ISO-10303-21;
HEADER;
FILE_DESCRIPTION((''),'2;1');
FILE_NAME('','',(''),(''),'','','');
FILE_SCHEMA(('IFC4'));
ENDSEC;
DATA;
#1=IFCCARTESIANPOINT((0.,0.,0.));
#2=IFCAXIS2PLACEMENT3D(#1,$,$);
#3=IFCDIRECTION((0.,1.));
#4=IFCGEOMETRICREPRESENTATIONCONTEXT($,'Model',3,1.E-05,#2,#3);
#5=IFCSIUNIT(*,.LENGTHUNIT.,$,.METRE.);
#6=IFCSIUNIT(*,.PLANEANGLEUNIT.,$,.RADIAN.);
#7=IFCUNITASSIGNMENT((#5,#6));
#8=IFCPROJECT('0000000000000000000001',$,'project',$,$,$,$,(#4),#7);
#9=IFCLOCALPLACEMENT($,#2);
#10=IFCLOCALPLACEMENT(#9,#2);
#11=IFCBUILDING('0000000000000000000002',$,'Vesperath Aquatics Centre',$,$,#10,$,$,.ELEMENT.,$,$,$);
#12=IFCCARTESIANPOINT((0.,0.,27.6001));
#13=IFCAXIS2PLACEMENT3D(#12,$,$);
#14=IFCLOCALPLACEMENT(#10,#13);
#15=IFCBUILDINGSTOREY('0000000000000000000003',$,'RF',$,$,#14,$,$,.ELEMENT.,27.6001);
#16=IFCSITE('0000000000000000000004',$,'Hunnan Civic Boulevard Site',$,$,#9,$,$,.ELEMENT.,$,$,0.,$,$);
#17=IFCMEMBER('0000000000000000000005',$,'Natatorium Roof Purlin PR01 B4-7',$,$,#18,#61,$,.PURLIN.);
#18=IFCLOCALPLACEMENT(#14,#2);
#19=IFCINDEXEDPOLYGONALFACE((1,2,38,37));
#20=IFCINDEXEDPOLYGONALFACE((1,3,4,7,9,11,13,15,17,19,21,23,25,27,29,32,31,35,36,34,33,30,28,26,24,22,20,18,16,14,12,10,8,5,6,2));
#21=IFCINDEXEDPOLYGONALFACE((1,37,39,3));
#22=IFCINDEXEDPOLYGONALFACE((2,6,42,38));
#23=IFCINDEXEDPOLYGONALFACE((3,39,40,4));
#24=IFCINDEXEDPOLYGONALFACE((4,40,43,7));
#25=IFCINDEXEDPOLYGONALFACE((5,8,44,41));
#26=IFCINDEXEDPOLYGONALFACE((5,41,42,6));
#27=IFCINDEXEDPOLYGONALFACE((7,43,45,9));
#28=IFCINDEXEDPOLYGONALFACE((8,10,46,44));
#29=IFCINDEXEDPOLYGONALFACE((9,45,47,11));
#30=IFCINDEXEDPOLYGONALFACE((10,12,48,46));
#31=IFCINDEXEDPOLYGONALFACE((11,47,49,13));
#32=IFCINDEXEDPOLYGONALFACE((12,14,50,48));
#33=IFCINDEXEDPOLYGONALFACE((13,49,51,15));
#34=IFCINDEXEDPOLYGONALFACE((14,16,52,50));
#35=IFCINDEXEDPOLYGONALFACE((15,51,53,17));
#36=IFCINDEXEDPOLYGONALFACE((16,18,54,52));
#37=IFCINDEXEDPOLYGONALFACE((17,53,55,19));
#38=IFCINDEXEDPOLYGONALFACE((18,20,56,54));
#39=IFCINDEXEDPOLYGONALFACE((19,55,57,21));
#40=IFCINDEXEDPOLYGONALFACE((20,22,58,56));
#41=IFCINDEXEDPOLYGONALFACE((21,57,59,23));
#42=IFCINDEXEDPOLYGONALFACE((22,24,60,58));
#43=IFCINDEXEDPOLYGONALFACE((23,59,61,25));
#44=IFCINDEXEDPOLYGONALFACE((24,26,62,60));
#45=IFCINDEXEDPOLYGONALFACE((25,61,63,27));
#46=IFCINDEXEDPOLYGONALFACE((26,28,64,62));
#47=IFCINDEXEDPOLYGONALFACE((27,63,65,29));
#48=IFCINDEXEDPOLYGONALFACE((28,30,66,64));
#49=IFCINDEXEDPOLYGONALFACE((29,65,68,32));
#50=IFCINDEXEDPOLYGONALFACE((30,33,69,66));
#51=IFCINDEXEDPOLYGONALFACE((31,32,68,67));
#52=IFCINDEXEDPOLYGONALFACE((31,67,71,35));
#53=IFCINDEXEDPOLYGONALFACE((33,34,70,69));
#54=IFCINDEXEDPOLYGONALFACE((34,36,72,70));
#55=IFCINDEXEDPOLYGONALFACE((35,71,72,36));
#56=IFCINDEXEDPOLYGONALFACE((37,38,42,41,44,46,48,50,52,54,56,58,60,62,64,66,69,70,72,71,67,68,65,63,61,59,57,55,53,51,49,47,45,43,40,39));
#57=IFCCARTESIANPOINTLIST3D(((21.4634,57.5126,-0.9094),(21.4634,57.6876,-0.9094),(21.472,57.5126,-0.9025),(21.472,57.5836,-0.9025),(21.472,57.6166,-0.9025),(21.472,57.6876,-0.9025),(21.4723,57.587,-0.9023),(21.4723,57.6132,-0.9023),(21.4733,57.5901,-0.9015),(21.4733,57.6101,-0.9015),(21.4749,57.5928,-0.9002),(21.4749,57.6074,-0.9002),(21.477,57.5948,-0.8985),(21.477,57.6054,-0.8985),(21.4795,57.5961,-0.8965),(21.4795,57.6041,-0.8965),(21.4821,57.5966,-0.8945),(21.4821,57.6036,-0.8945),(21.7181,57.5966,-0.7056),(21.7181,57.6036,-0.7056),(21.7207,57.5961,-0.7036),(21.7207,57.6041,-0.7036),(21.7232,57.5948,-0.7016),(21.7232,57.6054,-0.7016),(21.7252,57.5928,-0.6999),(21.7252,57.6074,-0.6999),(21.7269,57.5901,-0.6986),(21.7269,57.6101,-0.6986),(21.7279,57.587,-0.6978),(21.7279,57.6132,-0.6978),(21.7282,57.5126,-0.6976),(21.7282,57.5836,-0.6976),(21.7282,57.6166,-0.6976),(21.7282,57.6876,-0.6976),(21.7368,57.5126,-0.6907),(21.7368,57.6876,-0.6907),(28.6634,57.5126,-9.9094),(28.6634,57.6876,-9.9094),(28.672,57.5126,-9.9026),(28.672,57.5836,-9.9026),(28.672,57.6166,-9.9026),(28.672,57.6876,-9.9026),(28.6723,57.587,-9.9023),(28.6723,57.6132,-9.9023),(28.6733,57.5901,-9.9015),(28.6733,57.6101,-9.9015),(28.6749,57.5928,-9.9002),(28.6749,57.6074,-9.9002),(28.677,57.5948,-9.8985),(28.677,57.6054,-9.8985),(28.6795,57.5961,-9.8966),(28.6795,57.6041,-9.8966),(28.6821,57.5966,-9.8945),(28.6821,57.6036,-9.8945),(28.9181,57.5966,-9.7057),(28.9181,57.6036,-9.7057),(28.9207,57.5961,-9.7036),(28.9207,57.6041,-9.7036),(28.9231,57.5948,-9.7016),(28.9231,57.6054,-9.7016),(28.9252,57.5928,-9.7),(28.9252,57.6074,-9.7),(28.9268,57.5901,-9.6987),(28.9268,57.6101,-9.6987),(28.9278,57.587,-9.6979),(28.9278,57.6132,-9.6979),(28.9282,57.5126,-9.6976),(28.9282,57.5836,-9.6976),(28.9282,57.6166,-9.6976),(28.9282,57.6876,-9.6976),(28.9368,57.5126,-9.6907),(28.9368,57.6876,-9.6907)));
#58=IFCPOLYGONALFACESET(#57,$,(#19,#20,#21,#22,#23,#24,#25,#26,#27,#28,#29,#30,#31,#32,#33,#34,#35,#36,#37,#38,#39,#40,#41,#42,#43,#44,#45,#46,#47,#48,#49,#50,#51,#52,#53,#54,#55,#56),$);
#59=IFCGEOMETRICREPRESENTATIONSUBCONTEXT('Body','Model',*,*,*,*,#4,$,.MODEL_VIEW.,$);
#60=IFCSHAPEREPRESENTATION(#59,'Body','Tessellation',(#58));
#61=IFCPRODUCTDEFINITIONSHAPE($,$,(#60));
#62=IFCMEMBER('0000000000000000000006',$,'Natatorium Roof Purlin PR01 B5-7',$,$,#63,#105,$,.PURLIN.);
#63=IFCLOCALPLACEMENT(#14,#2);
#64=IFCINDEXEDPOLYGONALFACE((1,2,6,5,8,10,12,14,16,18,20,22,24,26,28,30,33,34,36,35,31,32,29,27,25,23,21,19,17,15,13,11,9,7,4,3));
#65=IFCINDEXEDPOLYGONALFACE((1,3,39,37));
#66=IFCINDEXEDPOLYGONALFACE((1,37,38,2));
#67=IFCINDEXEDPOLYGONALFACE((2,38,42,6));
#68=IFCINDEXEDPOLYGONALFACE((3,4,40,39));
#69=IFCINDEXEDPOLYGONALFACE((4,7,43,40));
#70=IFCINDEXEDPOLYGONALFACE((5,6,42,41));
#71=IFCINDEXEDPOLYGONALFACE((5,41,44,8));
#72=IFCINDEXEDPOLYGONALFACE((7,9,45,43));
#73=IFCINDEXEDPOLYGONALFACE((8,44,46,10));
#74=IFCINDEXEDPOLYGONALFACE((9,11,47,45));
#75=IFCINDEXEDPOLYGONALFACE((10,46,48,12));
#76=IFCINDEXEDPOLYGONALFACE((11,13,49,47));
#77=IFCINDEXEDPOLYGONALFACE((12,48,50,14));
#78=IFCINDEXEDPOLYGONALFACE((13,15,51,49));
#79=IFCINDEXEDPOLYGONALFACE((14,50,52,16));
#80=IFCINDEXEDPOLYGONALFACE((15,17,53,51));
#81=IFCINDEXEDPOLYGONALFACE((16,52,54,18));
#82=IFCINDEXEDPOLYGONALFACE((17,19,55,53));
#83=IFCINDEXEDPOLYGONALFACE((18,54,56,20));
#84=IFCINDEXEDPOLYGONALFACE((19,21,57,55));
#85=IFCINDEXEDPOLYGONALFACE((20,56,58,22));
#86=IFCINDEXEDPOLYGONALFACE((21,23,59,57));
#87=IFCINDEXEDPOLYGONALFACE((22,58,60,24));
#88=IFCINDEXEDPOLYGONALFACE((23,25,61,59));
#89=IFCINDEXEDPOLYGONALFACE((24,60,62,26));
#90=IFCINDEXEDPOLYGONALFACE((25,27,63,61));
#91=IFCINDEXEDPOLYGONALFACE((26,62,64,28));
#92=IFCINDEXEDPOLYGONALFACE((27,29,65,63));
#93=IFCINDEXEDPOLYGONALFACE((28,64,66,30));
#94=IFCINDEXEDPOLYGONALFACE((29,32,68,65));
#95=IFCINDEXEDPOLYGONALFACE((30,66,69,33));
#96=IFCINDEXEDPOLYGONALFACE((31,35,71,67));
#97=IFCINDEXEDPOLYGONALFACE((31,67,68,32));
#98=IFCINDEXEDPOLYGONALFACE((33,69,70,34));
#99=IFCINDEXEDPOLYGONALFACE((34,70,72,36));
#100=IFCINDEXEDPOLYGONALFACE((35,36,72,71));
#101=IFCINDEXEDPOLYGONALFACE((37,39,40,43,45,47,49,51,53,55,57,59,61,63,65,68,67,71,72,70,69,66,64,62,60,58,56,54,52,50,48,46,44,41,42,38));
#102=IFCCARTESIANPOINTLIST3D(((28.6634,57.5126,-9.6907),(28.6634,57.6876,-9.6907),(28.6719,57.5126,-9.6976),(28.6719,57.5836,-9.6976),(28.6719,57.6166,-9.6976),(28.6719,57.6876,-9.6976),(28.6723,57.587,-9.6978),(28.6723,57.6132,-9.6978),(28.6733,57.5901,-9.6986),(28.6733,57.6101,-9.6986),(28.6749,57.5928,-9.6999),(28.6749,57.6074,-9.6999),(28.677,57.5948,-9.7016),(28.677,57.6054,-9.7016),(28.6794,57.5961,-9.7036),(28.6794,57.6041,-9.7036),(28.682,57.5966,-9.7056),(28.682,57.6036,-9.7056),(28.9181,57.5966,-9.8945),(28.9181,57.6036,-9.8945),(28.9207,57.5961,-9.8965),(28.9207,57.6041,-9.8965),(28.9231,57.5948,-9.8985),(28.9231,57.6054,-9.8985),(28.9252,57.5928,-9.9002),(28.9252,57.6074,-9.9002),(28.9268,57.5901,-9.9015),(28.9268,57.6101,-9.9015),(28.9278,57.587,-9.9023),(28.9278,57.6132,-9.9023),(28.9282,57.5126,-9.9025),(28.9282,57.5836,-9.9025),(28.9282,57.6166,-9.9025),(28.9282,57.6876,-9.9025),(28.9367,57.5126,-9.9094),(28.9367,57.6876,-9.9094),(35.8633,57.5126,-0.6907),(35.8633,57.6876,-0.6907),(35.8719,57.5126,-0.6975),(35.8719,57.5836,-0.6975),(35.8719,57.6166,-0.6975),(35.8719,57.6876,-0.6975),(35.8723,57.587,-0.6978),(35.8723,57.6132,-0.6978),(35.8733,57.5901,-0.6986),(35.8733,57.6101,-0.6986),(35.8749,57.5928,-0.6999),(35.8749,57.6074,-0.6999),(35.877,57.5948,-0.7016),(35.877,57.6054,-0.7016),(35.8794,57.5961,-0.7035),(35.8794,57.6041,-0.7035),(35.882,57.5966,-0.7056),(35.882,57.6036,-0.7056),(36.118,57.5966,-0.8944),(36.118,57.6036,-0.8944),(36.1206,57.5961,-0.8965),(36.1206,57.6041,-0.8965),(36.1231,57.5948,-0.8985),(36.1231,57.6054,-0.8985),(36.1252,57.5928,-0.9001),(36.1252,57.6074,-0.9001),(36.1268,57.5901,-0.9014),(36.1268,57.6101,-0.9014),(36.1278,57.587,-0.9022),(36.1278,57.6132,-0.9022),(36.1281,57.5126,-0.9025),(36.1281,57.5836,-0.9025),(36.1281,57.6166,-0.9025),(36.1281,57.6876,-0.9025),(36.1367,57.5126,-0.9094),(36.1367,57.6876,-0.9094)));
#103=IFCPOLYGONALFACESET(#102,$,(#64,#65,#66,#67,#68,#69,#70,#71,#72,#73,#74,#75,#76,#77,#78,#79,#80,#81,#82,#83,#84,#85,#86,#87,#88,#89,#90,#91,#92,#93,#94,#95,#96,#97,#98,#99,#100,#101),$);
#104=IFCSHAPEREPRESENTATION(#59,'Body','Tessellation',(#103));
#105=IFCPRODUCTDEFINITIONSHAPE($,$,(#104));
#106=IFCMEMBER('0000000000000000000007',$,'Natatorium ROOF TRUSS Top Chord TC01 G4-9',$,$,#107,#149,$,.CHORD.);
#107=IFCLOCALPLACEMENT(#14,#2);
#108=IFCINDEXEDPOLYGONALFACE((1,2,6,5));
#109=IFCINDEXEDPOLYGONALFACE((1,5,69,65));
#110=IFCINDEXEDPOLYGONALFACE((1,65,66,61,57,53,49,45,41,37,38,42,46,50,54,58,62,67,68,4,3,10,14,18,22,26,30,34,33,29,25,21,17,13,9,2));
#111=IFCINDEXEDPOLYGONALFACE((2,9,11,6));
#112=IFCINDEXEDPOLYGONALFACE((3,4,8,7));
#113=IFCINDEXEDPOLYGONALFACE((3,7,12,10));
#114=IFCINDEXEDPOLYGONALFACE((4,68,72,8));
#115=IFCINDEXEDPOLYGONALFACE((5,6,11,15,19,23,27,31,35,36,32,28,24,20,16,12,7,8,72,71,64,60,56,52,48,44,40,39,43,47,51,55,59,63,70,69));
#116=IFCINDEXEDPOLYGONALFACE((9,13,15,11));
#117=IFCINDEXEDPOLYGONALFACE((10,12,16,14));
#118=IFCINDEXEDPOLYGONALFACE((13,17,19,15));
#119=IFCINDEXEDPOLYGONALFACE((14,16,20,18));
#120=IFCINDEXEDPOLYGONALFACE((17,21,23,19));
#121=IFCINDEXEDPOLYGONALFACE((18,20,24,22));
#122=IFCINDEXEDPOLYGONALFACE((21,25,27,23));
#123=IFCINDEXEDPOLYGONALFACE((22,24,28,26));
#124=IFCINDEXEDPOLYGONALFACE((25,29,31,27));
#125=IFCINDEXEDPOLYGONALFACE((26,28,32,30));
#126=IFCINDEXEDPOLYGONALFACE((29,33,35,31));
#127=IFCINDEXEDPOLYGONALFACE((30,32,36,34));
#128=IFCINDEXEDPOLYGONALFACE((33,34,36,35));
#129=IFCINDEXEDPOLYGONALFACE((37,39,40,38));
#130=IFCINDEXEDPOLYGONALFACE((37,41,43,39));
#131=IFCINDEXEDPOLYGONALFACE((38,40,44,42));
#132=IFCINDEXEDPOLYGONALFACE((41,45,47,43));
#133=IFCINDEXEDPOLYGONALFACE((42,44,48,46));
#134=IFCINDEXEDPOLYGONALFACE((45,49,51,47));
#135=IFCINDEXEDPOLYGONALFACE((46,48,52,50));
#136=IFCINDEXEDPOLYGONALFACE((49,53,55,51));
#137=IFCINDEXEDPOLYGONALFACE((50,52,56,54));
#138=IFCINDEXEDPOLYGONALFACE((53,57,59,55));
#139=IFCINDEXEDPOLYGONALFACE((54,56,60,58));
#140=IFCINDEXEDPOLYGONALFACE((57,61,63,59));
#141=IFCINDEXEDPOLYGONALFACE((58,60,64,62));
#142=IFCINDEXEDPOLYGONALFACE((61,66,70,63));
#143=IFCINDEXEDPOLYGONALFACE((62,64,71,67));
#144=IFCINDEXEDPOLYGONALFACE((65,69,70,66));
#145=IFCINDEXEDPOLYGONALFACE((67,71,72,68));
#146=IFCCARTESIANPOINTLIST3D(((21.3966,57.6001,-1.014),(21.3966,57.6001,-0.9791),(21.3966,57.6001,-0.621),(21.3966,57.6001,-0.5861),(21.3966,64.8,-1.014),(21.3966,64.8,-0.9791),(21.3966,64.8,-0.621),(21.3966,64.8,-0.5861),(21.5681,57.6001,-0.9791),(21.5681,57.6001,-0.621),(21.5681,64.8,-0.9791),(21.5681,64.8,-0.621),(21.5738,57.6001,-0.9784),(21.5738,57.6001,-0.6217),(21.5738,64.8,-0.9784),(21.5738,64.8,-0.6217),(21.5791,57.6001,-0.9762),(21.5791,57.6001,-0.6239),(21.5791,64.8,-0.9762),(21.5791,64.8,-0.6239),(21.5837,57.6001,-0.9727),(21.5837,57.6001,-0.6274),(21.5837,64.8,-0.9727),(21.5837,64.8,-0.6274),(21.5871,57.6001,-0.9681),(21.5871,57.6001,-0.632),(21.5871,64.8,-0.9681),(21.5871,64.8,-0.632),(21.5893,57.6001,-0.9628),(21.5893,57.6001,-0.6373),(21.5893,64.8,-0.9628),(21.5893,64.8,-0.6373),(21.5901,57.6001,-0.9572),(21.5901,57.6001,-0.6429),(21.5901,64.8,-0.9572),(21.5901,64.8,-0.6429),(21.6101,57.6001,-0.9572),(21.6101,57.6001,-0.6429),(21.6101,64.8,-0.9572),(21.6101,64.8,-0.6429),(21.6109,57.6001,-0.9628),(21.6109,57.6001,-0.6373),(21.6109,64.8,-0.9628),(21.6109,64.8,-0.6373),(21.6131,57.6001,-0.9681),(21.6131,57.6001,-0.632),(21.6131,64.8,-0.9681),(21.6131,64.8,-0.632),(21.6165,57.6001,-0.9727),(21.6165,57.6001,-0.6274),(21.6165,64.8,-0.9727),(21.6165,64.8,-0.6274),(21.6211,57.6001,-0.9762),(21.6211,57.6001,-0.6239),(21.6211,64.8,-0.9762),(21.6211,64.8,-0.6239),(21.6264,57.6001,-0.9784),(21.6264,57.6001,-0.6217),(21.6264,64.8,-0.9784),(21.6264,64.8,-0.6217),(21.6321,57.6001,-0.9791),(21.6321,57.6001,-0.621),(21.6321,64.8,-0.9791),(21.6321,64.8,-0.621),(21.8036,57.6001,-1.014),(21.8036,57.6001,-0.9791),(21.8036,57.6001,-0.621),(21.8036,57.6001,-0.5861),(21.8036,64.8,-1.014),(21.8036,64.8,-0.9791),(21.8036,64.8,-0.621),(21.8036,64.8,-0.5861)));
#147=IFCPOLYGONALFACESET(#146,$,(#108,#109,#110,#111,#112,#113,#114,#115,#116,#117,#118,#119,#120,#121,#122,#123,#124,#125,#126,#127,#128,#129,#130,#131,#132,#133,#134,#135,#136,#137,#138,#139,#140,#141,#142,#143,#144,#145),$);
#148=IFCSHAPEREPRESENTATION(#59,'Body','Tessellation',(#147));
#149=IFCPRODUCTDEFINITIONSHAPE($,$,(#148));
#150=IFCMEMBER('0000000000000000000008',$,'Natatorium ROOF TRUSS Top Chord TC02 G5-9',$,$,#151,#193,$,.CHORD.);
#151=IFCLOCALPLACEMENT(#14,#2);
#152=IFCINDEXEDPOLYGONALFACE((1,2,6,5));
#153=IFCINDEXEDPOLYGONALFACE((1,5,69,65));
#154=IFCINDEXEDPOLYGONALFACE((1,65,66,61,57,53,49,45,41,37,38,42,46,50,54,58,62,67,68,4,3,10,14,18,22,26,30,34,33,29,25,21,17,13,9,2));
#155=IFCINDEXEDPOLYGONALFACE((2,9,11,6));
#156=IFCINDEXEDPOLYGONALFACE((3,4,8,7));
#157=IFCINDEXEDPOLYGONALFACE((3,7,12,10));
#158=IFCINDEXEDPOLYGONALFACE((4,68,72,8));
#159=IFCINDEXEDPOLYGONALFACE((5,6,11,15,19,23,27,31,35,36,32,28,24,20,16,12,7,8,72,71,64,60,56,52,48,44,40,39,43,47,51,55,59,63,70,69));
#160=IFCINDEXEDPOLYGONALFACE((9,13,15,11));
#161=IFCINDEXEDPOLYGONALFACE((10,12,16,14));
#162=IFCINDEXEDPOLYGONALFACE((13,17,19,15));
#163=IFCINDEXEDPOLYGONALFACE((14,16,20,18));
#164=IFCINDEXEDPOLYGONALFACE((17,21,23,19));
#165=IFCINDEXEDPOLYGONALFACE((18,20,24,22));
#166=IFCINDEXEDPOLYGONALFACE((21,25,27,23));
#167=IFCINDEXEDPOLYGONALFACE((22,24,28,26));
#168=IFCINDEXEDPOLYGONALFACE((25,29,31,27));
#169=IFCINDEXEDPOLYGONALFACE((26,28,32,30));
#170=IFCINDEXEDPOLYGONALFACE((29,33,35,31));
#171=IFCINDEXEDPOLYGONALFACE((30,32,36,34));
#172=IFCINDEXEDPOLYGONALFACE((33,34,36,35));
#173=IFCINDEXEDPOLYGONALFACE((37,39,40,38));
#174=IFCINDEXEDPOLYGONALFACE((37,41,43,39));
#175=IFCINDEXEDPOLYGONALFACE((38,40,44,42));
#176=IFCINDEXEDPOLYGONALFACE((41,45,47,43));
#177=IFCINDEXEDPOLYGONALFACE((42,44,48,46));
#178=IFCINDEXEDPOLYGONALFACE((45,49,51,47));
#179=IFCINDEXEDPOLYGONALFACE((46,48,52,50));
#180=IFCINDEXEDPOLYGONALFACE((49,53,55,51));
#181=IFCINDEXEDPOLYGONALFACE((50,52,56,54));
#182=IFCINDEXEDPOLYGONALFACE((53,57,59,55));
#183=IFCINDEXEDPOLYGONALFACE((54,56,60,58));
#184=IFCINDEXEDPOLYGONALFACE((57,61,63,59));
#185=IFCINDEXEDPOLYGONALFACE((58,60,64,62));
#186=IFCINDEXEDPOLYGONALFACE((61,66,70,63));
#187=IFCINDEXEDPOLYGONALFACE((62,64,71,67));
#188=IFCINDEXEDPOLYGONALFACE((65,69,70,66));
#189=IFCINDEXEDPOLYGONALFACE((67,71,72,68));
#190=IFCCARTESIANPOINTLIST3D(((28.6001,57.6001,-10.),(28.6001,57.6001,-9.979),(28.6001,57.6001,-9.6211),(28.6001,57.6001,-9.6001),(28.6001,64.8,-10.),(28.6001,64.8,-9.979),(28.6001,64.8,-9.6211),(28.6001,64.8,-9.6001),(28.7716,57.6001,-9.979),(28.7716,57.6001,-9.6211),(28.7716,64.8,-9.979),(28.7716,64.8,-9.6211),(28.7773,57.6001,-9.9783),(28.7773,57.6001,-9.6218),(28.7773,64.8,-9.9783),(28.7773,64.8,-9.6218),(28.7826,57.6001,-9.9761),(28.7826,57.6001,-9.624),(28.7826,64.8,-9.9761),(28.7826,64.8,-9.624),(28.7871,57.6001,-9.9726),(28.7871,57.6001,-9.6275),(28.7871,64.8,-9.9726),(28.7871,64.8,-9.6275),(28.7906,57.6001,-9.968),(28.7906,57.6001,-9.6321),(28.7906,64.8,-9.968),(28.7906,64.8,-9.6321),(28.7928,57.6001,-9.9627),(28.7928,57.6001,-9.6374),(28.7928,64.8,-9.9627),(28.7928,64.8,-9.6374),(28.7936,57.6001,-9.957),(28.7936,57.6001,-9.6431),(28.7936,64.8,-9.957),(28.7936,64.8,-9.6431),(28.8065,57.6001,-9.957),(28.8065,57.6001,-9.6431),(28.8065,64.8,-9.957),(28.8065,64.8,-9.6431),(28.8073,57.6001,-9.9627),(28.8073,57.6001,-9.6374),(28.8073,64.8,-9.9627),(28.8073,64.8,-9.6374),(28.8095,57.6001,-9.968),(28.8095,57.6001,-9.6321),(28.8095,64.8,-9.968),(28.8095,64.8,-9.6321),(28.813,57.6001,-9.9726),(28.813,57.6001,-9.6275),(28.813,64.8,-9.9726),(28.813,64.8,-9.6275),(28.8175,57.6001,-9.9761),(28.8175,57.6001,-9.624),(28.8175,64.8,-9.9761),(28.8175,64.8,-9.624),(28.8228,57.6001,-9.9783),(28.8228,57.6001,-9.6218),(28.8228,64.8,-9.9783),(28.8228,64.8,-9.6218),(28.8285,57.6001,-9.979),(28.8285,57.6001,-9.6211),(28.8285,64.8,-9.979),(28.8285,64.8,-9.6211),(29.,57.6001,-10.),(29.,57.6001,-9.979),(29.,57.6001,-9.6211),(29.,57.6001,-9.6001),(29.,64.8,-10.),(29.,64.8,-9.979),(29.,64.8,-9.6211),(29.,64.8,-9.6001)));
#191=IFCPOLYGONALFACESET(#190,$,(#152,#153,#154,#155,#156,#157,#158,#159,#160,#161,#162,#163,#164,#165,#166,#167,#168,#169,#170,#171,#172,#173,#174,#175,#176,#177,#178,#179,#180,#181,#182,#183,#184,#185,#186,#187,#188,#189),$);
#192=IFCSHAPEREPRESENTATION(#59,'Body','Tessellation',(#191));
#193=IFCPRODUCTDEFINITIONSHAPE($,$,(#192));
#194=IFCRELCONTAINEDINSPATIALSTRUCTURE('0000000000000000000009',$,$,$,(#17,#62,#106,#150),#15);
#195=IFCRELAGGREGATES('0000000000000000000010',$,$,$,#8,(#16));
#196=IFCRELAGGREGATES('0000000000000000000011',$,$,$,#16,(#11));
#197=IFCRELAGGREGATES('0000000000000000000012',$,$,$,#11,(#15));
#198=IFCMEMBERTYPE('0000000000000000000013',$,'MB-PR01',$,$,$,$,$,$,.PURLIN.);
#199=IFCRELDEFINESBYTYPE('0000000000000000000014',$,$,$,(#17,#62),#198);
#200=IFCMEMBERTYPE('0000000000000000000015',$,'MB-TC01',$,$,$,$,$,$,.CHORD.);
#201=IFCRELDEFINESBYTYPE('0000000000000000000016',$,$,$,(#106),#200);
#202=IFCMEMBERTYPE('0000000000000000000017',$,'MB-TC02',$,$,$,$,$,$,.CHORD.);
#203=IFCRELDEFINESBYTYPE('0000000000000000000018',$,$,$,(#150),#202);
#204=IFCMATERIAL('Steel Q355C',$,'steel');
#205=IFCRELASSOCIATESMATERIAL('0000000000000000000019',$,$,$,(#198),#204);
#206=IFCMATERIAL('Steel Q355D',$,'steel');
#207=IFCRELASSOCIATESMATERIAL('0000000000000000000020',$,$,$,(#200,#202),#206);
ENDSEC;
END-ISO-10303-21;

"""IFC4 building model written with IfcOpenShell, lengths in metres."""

from ifc_helpers import new_model, si_unit, direction, frame, origin, origin_2d, place, context, subcontext, project, spatial, i_section, extrude, material, material_profile, profile_set, type_object, element, save


model = new_model("IFC4")

# Units and contexts
model_context = context("Model", 3, precision=1e-05, world=origin(), true_north=direction((0.0, 1.0)))
body_context = subcontext(model_context, "Body", "Model", "MODEL_VIEW")
ifc_project = project(units=[si_unit("LENGTHUNIT", "METRE"), si_unit("PLANEANGLEUNIT", "RADIAN")], contexts=[model_context])

# Site, building, storey
site_placement = place(None, origin())
site = spatial("IfcSite", under=ifc_project, at=site_placement, Name="Hunnan Civic Boulevard Site", CompositionType="ELEMENT", RefElevation=0.0)
building_placement = place(site_placement, origin())
building = spatial("IfcBuilding", under=site, at=building_placement, Name="Vesperath Aquatics Centre", CompositionType="ELEMENT")
storey_placement = place(building_placement, frame((0.0, 0.0, 27.6001)))
storey = spatial("IfcBuildingStorey", under=building, at=storey_placement, Name="RF", CompositionType="ELEMENT", Elevation=27.6001)

# Shared definitions
ifc_material_1 = material(Name="Steel Q355C", Category="steel")

# Members
ifc_material_2 = material(Name="Steel Q355D", Category="steel")
ifc_material_profile_1 = material_profile(ifc_material_1, i_section(OverallWidth=0.175, OverallDepth=0.3501, WebThickness=0.0071, FlangeThickness=0.011, FilletRadius=0.0129, at=origin_2d()), Name="HN 350x175x7x11")
ifc_profile_set_1 = profile_set([ifc_material_profile_1], Name="Steel Q355C")
member_type_1 = type_object("IfcMemberType", Name="MB-PR01", PredefinedType="PURLIN", material=ifc_profile_set_1)
for number, where, z_axis, x_axis, name in (
    (1, (21.6001, 57.6001, -0.8), (0.624692, 0.0, -0.780871), (0.0, 1.0, 0.0), "Natatorium Roof Purlin PR01 B4-7"),
    (2, (28.8, 57.6001, -9.8), (0.624692, 0.0, 0.780871), (0.0, 1.0, 0.0), "Natatorium Roof Purlin PR01 B5-7"),
):
    element("IfcMember", number, at=place(storey_placement, frame(where, z_axis=z_axis, x_axis=x_axis)), inside=storey, type_object=member_type_1, Name=name, PredefinedType="PURLIN", context=body_context, shape_type="SweptSolid", body=[
        extrude(i_section(OverallWidth=0.175, OverallDepth=0.3501, WebThickness=0.0071, FlangeThickness=0.011, FilletRadius=0.0129, at=origin_2d()), origin(), (0.0, 0.0, 1.0), 11.5256),
    ])
ifc_material_profile_2 = material_profile(ifc_material_2, i_section(OverallWidth=0.407, OverallDepth=0.428, WebThickness=0.02, FlangeThickness=0.0349, FilletRadius=0.022, at=origin_2d()), Name="HW 428x407x20x35")
ifc_profile_set_2 = profile_set([ifc_material_profile_2], Name="Steel Q355D")
member_type_2 = type_object("IfcMemberType", Name="MB-TC01", PredefinedType="CHORD", material=ifc_profile_set_2)
member_1_placement = place(storey_placement, frame((21.6001, 57.6001, -0.8), z_axis=(0.0, 1.0, 0.0), x_axis=(-1.0, 0.0, 0.0)))
element("IfcMember", 3, at=member_1_placement, inside=storey, type_object=member_type_2, Name="Natatorium ROOF TRUSS Top Chord TC01 G4-9", PredefinedType="CHORD", context=body_context, shape_type="SweptSolid", body=[
    extrude(i_section(OverallWidth=0.407, OverallDepth=0.428, WebThickness=0.02, FlangeThickness=0.0349, FilletRadius=0.022, at=origin_2d()), origin(), (0.0, 0.0, 1.0), 7.2),
])
ifc_material_profile_3 = material_profile(ifc_material_2, i_section(OverallWidth=0.3999, OverallDepth=0.3999, WebThickness=0.0129, FlangeThickness=0.021, FilletRadius=0.022, at=origin_2d()), Name="HW 400x400x13x21")
ifc_profile_set_3 = profile_set([ifc_material_profile_3], Name="Steel Q355D")
member_type_3 = type_object("IfcMemberType", Name="MB-TC02", PredefinedType="CHORD", material=ifc_profile_set_3)
member_2_placement = place(storey_placement, frame((28.8, 57.6001, -9.8), z_axis=(0.0, 1.0, 0.0), x_axis=(-1.0, 0.0, 0.0)))
element("IfcMember", 4, at=member_2_placement, inside=storey, type_object=member_type_3, Name="Natatorium ROOF TRUSS Top Chord TC02 G5-9", PredefinedType="CHORD", context=body_context, shape_type="SweptSolid", body=[
    extrude(i_section(OverallWidth=0.3999, OverallDepth=0.3999, WebThickness=0.0129, FlangeThickness=0.021, FilletRadius=0.022, at=origin_2d()), origin(), (0.0, 0.0, 1.0), 7.2),
])

save(model, "model.ifc")
